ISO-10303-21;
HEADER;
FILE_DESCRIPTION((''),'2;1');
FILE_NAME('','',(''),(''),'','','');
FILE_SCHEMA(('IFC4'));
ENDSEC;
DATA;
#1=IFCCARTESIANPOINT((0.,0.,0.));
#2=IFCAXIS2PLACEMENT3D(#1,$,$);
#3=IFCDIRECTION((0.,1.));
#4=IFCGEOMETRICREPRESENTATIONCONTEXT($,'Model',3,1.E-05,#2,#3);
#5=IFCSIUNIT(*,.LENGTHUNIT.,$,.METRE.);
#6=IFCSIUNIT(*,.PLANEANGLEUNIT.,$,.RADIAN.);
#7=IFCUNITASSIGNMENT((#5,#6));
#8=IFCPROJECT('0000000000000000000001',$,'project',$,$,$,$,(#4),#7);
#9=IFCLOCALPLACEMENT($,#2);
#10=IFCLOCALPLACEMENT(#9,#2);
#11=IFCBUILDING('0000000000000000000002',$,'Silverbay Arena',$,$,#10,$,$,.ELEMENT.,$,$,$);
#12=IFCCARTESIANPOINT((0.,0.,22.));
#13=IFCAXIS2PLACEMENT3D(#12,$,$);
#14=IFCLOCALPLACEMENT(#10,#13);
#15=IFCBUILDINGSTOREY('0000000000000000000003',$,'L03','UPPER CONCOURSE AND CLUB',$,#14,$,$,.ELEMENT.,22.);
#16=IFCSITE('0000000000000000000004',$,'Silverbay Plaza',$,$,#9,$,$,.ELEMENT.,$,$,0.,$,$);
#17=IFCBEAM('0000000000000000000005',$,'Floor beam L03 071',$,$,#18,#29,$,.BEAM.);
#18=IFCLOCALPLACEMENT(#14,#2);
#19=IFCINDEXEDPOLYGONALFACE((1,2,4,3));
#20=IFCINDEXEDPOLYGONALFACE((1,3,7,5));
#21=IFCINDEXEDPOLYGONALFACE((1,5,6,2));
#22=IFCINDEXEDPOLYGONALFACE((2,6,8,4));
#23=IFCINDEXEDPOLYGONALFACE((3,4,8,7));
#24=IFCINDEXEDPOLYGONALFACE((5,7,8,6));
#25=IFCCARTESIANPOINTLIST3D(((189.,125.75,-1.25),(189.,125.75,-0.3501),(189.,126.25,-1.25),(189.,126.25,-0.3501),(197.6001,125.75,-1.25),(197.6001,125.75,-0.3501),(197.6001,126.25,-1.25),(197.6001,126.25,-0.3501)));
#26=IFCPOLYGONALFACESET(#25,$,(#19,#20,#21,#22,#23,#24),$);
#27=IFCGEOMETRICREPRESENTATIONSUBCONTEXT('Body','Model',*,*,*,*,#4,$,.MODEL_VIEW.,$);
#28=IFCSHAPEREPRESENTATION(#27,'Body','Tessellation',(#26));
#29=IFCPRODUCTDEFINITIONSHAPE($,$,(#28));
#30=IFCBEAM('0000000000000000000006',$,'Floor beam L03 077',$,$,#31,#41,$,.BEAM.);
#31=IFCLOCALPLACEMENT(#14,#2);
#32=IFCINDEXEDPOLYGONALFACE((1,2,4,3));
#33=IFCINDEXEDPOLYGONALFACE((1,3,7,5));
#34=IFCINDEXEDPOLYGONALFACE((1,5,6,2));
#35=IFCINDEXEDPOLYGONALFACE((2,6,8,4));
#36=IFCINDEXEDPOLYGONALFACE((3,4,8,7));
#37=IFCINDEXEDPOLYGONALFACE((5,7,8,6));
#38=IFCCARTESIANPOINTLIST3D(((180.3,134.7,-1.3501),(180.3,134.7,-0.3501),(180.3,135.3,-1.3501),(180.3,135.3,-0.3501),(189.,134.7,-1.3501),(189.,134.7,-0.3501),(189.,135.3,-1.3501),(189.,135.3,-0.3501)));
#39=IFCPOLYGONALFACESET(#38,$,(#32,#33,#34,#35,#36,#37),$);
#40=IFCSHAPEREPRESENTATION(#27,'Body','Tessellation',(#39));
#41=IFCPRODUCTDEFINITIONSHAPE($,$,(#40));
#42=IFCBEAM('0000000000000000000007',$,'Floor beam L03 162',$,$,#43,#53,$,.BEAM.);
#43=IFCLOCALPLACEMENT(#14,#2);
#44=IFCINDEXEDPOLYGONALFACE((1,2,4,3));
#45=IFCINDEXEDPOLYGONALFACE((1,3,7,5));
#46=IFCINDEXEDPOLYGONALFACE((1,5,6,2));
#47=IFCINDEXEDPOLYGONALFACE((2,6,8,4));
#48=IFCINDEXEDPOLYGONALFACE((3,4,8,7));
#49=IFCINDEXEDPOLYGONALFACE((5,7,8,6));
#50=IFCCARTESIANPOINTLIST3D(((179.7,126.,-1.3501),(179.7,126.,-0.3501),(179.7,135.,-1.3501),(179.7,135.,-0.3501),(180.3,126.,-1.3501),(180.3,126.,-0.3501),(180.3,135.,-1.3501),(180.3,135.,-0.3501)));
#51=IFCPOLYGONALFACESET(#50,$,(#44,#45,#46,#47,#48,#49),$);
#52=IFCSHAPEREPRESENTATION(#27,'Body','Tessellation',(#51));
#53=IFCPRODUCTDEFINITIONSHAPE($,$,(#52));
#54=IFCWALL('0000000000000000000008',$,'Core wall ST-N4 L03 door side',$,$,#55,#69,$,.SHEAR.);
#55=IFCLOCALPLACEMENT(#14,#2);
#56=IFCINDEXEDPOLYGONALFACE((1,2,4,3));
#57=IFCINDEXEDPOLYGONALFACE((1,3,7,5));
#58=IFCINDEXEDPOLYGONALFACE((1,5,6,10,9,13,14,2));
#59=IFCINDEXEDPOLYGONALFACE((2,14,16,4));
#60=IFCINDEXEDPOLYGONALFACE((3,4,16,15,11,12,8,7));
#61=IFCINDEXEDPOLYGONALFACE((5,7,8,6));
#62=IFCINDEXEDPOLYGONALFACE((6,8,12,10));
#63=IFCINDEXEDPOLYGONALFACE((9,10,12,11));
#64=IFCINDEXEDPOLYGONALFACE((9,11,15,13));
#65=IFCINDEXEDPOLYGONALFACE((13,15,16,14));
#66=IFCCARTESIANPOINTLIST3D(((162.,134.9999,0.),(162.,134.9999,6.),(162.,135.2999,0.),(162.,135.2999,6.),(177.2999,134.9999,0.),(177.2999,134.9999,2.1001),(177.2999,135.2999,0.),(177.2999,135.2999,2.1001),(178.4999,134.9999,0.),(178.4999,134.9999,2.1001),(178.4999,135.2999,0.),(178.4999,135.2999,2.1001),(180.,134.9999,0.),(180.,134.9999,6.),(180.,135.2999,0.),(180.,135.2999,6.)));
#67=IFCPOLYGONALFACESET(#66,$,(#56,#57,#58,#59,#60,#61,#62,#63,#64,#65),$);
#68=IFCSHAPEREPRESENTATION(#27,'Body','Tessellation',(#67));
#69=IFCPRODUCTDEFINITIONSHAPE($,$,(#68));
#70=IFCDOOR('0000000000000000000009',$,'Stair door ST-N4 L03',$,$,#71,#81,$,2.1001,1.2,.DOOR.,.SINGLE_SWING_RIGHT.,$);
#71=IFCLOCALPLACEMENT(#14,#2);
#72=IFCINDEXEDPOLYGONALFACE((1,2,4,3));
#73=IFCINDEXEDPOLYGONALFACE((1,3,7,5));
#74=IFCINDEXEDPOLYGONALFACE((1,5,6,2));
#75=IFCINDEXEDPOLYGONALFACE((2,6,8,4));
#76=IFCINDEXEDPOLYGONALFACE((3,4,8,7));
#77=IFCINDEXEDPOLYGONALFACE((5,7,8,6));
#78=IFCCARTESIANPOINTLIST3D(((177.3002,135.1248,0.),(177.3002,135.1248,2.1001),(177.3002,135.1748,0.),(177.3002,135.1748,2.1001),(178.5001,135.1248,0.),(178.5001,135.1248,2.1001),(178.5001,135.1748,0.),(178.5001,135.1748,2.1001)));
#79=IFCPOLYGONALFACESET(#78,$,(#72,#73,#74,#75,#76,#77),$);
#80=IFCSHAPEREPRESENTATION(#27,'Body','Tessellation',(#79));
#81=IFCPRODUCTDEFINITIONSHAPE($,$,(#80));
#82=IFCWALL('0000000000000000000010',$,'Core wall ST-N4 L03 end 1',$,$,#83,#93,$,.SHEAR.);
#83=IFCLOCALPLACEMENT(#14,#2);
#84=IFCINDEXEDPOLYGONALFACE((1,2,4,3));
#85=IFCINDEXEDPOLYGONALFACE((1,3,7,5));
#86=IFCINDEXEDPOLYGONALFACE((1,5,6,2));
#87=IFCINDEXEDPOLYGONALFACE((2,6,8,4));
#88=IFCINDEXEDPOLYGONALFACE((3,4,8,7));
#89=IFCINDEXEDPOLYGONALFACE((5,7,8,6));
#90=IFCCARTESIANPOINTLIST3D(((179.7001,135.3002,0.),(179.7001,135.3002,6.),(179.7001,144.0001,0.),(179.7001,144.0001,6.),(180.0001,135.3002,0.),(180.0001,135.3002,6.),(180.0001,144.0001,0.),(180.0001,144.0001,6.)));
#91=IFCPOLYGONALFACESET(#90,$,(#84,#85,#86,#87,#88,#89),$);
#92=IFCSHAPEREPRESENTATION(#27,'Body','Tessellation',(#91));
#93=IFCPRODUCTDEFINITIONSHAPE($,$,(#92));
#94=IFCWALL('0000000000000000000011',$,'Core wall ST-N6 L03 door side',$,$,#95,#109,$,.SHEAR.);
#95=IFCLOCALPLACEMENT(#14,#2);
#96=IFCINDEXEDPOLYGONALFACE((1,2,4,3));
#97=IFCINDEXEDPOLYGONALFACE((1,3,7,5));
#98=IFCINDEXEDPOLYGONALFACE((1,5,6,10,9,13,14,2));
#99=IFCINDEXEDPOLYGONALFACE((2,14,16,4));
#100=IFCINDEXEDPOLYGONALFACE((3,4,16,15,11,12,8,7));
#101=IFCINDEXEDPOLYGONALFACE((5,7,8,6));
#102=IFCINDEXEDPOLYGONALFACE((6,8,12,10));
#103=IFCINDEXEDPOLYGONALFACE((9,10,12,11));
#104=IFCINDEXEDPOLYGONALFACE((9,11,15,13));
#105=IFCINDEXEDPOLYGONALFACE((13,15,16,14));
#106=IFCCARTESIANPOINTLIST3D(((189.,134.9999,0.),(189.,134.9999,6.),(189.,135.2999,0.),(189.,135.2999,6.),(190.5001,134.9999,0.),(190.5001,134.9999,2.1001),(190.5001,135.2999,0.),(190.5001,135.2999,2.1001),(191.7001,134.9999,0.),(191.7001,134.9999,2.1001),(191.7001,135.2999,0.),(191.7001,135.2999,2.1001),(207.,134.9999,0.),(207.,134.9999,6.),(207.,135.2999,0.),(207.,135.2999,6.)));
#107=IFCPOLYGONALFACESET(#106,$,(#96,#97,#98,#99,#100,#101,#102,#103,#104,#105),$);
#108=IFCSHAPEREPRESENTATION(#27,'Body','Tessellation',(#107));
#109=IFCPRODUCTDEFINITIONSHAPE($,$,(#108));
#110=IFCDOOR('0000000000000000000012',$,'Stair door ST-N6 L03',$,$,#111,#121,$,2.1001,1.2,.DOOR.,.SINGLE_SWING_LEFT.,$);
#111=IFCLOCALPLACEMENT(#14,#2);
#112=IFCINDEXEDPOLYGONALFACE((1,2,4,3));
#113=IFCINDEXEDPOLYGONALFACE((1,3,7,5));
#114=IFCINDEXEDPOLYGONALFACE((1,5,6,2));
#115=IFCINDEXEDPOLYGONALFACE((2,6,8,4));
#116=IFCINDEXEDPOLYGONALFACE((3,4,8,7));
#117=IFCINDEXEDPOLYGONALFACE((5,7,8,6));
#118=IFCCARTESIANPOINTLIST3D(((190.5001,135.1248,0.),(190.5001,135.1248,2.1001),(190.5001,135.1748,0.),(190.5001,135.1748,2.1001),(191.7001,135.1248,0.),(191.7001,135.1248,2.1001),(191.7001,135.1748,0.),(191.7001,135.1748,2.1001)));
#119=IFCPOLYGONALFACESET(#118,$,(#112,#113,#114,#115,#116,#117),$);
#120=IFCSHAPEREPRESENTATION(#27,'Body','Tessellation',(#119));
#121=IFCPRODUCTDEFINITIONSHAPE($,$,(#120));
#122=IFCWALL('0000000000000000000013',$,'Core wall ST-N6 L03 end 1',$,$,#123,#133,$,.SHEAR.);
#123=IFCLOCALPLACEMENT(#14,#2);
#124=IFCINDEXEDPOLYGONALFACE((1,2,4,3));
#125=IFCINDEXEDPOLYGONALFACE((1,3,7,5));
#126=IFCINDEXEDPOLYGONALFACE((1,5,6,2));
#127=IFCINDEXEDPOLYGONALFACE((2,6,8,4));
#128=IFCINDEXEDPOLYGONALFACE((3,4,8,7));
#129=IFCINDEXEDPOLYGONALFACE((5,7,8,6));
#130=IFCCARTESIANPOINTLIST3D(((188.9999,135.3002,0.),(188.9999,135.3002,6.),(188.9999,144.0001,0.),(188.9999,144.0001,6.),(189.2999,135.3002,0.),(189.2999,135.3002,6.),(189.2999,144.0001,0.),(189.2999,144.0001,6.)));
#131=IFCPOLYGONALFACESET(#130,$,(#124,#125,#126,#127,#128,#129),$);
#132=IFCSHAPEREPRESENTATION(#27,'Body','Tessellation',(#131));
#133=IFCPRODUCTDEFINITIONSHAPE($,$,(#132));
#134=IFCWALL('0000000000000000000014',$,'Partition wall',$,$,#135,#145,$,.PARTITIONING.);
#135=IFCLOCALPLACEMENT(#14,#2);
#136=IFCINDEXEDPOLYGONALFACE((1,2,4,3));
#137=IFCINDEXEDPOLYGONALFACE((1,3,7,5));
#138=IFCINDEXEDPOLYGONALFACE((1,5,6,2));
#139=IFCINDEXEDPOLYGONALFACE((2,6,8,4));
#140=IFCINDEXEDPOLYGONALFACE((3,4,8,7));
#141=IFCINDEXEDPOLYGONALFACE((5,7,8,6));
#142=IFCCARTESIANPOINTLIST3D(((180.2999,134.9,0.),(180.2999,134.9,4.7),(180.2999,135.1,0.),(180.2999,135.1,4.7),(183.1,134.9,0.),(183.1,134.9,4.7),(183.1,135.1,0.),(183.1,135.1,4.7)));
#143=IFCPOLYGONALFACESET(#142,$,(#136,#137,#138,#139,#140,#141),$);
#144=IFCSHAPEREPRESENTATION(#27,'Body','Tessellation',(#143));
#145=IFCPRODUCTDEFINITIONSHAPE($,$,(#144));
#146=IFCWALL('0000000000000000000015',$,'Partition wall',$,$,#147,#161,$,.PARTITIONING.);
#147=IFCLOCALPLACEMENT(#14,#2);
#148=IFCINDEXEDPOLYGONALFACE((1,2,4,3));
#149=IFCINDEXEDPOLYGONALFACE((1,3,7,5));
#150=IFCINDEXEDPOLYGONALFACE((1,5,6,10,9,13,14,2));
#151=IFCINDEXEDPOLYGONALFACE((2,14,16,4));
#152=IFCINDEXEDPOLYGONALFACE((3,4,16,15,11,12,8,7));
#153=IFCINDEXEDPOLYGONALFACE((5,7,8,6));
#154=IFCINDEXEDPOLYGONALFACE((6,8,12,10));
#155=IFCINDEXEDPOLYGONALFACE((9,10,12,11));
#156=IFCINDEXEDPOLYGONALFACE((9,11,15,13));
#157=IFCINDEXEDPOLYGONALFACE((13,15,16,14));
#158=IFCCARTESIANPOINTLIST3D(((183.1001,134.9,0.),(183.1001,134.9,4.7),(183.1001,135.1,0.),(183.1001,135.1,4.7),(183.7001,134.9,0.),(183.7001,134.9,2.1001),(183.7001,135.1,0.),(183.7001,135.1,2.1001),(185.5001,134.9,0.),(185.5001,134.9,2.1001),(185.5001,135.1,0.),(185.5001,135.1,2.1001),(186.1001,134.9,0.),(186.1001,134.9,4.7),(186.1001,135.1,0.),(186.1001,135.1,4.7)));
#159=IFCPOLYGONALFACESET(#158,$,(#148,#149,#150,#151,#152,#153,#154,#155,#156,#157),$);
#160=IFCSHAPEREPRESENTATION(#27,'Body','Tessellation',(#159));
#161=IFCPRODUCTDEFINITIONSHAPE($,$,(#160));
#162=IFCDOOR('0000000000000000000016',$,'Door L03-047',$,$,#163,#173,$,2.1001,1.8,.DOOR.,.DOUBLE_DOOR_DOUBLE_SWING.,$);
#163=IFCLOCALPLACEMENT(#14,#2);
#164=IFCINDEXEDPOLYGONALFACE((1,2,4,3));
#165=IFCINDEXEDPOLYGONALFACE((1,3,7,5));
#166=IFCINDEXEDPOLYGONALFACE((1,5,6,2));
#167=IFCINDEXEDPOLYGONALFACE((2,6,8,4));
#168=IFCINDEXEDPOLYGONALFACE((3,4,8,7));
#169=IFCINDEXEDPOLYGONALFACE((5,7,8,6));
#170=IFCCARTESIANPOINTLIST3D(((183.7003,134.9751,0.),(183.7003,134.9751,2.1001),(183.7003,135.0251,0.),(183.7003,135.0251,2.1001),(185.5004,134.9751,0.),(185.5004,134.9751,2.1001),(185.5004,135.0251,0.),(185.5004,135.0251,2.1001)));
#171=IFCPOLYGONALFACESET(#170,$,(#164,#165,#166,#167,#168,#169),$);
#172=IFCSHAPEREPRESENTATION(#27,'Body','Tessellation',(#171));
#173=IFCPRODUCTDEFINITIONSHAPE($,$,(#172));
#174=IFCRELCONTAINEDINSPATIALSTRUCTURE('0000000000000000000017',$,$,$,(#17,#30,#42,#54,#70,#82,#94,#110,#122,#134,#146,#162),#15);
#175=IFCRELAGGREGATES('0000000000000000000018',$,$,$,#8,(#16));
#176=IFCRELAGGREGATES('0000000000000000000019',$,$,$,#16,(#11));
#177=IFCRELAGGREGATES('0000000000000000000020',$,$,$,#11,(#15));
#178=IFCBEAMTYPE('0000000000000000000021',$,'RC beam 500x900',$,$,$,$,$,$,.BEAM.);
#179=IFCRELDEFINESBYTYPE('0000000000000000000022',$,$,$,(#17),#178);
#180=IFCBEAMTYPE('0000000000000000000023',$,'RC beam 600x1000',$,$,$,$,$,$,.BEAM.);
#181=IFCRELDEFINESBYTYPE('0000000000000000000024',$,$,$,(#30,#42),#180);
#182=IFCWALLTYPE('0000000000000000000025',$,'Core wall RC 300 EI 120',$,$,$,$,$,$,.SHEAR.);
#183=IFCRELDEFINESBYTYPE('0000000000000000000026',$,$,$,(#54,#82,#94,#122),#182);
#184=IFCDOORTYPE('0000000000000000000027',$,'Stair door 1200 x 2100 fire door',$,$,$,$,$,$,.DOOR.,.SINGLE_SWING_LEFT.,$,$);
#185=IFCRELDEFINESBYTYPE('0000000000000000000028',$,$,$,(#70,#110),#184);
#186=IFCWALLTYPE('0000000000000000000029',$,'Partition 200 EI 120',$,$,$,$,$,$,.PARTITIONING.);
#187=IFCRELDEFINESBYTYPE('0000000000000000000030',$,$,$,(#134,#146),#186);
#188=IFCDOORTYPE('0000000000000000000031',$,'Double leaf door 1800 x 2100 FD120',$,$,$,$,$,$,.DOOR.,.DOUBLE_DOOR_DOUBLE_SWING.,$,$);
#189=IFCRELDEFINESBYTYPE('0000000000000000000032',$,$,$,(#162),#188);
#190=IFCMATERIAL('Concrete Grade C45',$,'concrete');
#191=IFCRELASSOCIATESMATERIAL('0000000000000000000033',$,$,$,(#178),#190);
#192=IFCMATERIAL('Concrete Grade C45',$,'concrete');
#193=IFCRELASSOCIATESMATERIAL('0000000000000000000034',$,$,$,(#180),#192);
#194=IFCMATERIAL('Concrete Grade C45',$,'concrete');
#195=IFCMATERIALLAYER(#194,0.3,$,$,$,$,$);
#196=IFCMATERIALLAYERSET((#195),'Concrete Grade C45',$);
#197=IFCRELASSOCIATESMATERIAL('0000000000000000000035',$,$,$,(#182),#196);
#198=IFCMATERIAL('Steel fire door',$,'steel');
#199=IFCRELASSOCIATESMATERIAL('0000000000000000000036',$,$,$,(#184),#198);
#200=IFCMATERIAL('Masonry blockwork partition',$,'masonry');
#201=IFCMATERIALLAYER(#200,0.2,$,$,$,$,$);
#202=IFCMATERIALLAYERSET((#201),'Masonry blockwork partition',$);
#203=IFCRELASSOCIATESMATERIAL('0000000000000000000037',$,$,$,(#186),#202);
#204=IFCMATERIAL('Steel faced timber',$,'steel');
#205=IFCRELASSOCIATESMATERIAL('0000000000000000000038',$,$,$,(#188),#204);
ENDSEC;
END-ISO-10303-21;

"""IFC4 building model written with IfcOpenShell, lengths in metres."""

from ifc_helpers import new_model, si_unit, direction, frame, frame_2d, origin, origin_2d, place, context, subcontext, project, spatial, rectangle, extrude, material, layer, layer_set, material_profile, profile_set, type_object, element, fill, save


model = new_model("IFC4")

# Units and contexts
model_context = context("Model", 3, precision=1e-05, world=origin(), true_north=direction((0.0, 1.0)))
body_context = subcontext(model_context, "Body", "Model", "MODEL_VIEW")
ifc_project = project(units=[si_unit("LENGTHUNIT", "METRE"), si_unit("PLANEANGLEUNIT", "RADIAN")], contexts=[model_context])

# Site, building, storey
site_placement = place(None, origin())
site = spatial("IfcSite", under=ifc_project, at=site_placement, Name="Silverbay Plaza", CompositionType="ELEMENT", RefElevation=0.0)
building_placement = place(site_placement, origin())
building = spatial("IfcBuilding", under=site, at=building_placement, Name="Silverbay Arena", CompositionType="ELEMENT")
storey_placement = place(building_placement, frame((0.0, 0.0, 22.0)))
storey = spatial("IfcBuildingStorey", under=building, at=storey_placement, Name="L03", Description="UPPER CONCOURSE AND CLUB", CompositionType="ELEMENT", Elevation=22.0)

# Beams
ifc_material_1 = material(Name="Concrete Grade C45", Category="concrete")
ifc_material_profile_1 = material_profile(ifc_material_1, rectangle(XDim=0.5, YDim=0.8999, at=origin_2d()), Name="RC 500x900")
ifc_profile_set_1 = profile_set([ifc_material_profile_1], Name="Concrete Grade C45")
beam_type_1 = type_object("IfcBeamType", Name="RC beam 500x900", PredefinedType="BEAM", material=ifc_profile_set_1)
beam_1_placement = place(storey_placement, frame((189.0, 126.0, -0.8), z_axis=(1.0, 0.0, 0.0), x_axis=(0.0, 1.0, 0.0)))
element("IfcBeam", 1, at=beam_1_placement, inside=storey, type_object=beam_type_1, Name="Floor beam L03 071", PredefinedType="BEAM", context=body_context, shape_type="SweptSolid", body=[
    extrude(rectangle(XDim=0.5, YDim=0.8999, at=origin_2d()), origin(), (0.0, 0.0, 1.0), 8.6001),
])
ifc_material_2 = material(Name="Concrete Grade C45", Category="concrete")
ifc_material_profile_2 = material_profile(ifc_material_2, rectangle(XDim=0.6001, YDim=1.0, at=origin_2d()), Name="RC 600x1000")
ifc_profile_set_2 = profile_set([ifc_material_profile_2], Name="Concrete Grade C45")
beam_type_2 = type_object("IfcBeamType", Name="RC beam 600x1000", PredefinedType="BEAM", material=ifc_profile_set_2)
beam_2_placement = place(storey_placement, frame((180.3, 135.0, -0.8501), z_axis=(1.0, 0.0, 0.0), x_axis=(0.0, 1.0, 0.0)))
element("IfcBeam", 2, at=beam_2_placement, inside=storey, type_object=beam_type_2, Name="Floor beam L03 077", PredefinedType="BEAM", context=body_context, shape_type="SweptSolid", body=[
    extrude(rectangle(XDim=0.6001, YDim=1.0, at=origin_2d()), origin(), (0.0, 0.0, 1.0), 8.7),
])
beam_3_placement = place(storey_placement, frame((180.0, 126.0, -0.8501), z_axis=(0.0, 1.0, 0.0), x_axis=(-1.0, 0.0, 0.0)))
element("IfcBeam", 3, at=beam_3_placement, inside=storey, type_object=beam_type_2, Name="Floor beam L03 162", PredefinedType="BEAM", context=body_context, shape_type="SweptSolid", body=[
    extrude(rectangle(XDim=0.6001, YDim=1.0, at=origin_2d()), origin(), (0.0, 0.0, 1.0), 9.0),
])

# Wall, opening, door
ifc_material_3 = material(Name="Concrete Grade C45", Category="concrete")
ifc_layer_1 = layer(ifc_material_3, 0.3)
ifc_layer_set_1 = layer_set([ifc_layer_1], Name="Concrete Grade C45")
wall_type_1 = type_object("IfcWallType", Name="Core wall RC 300 EI 120", PredefinedType="SHEAR", material=ifc_layer_set_1)
wall_1_placement = place(storey_placement, frame((180.0, 135.1499, 0.0), z_axis=(0.0, 0.0, 1.0), x_axis=(-1.0, 0.0, 0.0)))
wall_1 = element("IfcWall", 4, at=wall_1_placement, inside=storey, type_object=wall_type_1, Name="Core wall ST-N4 L03 door side", PredefinedType="SHEAR", context=body_context, shape_type="SweptSolid", body=[
    extrude(rectangle(XDim=18.0, YDim=0.3, at=frame_2d((9.0, 0.0))), origin(), (0.0, 0.0, 1.0), 6.0),
])
opening_1_placement = place(wall_1_placement, frame((1.5, 0.0, 0.0)))
opening_1 = element("IfcOpeningElement", 5, at=opening_1_placement, cuts=wall_1, PredefinedType="OPENING", context=body_context, shape_type="SweptSolid", body=[
    extrude(rectangle(XDim=1.2, YDim=2.1001, at=frame_2d((0.6001, 1.05))), frame((0.0, 0.1602, 0.0), z_axis=(0.0, -1.0, 0.0), x_axis=(1.0, 0.0, 0.0)), (0.0, 0.0, 1.0), 0.3201),
])
ifc_material_4 = material(Name="Steel fire door", Category="steel")
door_type_1 = type_object("IfcDoorType", Name="Stair door 1200 x 2100 fire door", OperationType="SINGLE_SWING_LEFT", PredefinedType="DOOR", material=ifc_material_4)
door_1_placement = place(opening_1_placement, frame((1.2, 0.0, 0.0), z_axis=(0.0, 0.0, 1.0), x_axis=(-1.0, 0.0, 0.0)))
door_1 = element("IfcDoor", 6, at=door_1_placement, inside=storey, type_object=door_type_1, Name="Stair door ST-N4 L03", OperationType="SINGLE_SWING_RIGHT", OverallHeight=2.1001, OverallWidth=1.2, PredefinedType="DOOR", context=body_context, shape_type="SweptSolid", body=[
    extrude(rectangle(XDim=1.2, YDim=2.1001, at=frame_2d((0.6001, 1.05))), frame((0.0, 0.0249, 0.0), z_axis=(0.0, -1.0, 0.0), x_axis=(1.0, 0.0, 0.0)), (0.0, 0.0, 1.0), 0.05),
])
fill(opening_1, door_1)

# Wall
wall_2_placement = place(storey_placement, frame((179.8501, 135.3, 0.0), z_axis=(0.0, 0.0, 1.0), x_axis=(0.0, 1.0, 0.0)))
element("IfcWall", 7, at=wall_2_placement, inside=storey, type_object=wall_type_1, Name="Core wall ST-N4 L03 end 1", PredefinedType="SHEAR", context=body_context, shape_type="SweptSolid", body=[
    extrude(rectangle(XDim=8.7, YDim=0.3, at=frame_2d((4.3501, 0.0))), origin(), (0.0, 0.0, 1.0), 6.0),
])

# Wall, opening, door
wall_3_placement = place(storey_placement, frame((189.0, 135.1499, 0.0), z_axis=(0.0, 0.0, 1.0), x_axis=(1.0, 0.0, 0.0)))
wall_3 = element("IfcWall", 8, at=wall_3_placement, inside=storey, type_object=wall_type_1, Name="Core wall ST-N6 L03 door side", PredefinedType="SHEAR", context=body_context, shape_type="SweptSolid", body=[
    extrude(rectangle(XDim=18.0, YDim=0.3, at=frame_2d((9.0, 0.0))), origin(), (0.0, 0.0, 1.0), 6.0),
])
opening_2_placement = place(wall_3_placement, frame((1.5, 0.0, 0.0)))
opening_2 = element("IfcOpeningElement", 9, at=opening_2_placement, cuts=wall_3, PredefinedType="OPENING", context=body_context, shape_type="SweptSolid", body=[
    extrude(rectangle(XDim=1.2, YDim=2.1001, at=frame_2d((0.6001, 1.05))), frame((0.0, 0.1602, 0.0), z_axis=(0.0, -1.0, 0.0), x_axis=(1.0, 0.0, 0.0)), (0.0, 0.0, 1.0), 0.3201),
])
door_2_placement = place(opening_2_placement, origin())
door_2 = element("IfcDoor", 10, at=door_2_placement, inside=storey, type_object=door_type_1, Name="Stair door ST-N6 L03", OperationType="SINGLE_SWING_LEFT", OverallHeight=2.1001, OverallWidth=1.2, PredefinedType="DOOR", context=body_context, shape_type="SweptSolid", body=[
    extrude(rectangle(XDim=1.2, YDim=2.1001, at=frame_2d((0.6001, 1.05))), frame((0.0, 0.0249, 0.0), z_axis=(0.0, -1.0, 0.0), x_axis=(1.0, 0.0, 0.0)), (0.0, 0.0, 1.0), 0.05),
])
fill(opening_2, door_2)

# Walls
wall_4_placement = place(storey_placement, frame((189.1499, 135.3, 0.0), z_axis=(0.0, 0.0, 1.0), x_axis=(0.0, 1.0, 0.0)))
element("IfcWall", 11, at=wall_4_placement, inside=storey, type_object=wall_type_1, Name="Core wall ST-N6 L03 end 1", PredefinedType="SHEAR", context=body_context, shape_type="SweptSolid", body=[
    extrude(rectangle(XDim=8.7, YDim=0.3, at=frame_2d((4.3501, 0.0))), origin(), (0.0, 0.0, 1.0), 6.0),
])
ifc_material_5 = material(Name="Masonry blockwork partition", Category="masonry")
ifc_layer_2 = layer(ifc_material_5, 0.2)
ifc_layer_set_2 = layer_set([ifc_layer_2], Name="Masonry blockwork partition")
wall_type_2 = type_object("IfcWallType", Name="Partition 200 EI 120", PredefinedType="PARTITIONING", material=ifc_layer_set_2)
wall_5_placement = place(storey_placement, frame((180.3, 135.0, 0.0), z_axis=(0.0, 0.0, 1.0), x_axis=(1.0, 0.0, 0.0)))
element("IfcWall", 12, at=wall_5_placement, inside=storey, type_object=wall_type_2, Name="Partition wall", PredefinedType="PARTITIONING", context=body_context, shape_type="SweptSolid", body=[
    extrude(rectangle(XDim=2.8, YDim=0.2, at=frame_2d((1.3999, 0.0))), origin(), (0.0, 0.0, 1.0), 4.7),
])

# Wall, opening, door
wall_6_placement = place(storey_placement, frame((183.1001, 135.0, 0.0), z_axis=(0.0, 0.0, 1.0), x_axis=(1.0, 0.0, 0.0)))
wall_6 = element("IfcWall", 13, at=wall_6_placement, inside=storey, type_object=wall_type_2, Name="Partition wall", PredefinedType="PARTITIONING", context=body_context, shape_type="SweptSolid", body=[
    extrude(rectangle(XDim=3.0, YDim=0.2, at=frame_2d((1.5, 0.0))), origin(), (0.0, 0.0, 1.0), 4.7),
])
opening_3_placement = place(wall_6_placement, frame((0.6001, 0.0, 0.0)))
opening_3 = element("IfcOpeningElement", 14, at=opening_3_placement, cuts=wall_6, PredefinedType="OPENING", context=body_context, shape_type="SweptSolid", body=[
    extrude(rectangle(XDim=1.8, YDim=2.1001, at=frame_2d((0.8999, 1.05))), frame((0.0, 0.1099, 0.0), z_axis=(0.0, -1.0, 0.0), x_axis=(1.0, 0.0, 0.0)), (0.0, 0.0, 1.0), 0.22),
])
ifc_material_6 = material(Name="Steel faced timber", Category="steel")
door_type_2 = type_object("IfcDoorType", Name="Double leaf door 1800 x 2100 FD120", OperationType="DOUBLE_DOOR_DOUBLE_SWING", PredefinedType="DOOR", material=ifc_material_6)
door_3_placement = place(opening_3_placement, frame((1.8, 0.0, 0.0), z_axis=(0.0, 0.0, 1.0), x_axis=(-1.0, 0.0, 0.0)))
door_3 = element("IfcDoor", 15, at=door_3_placement, inside=storey, type_object=door_type_2, Name="Door L03-047", OperationType="DOUBLE_DOOR_DOUBLE_SWING", OverallHeight=2.1001, OverallWidth=1.8, PredefinedType="DOOR", context=body_context, shape_type="SweptSolid", body=[
    extrude(rectangle(XDim=1.8, YDim=2.1001, at=frame_2d((0.8999, 1.05))), frame((0.0, 0.0249, 0.0), z_axis=(0.0, -1.0, 0.0), x_axis=(1.0, 0.0, 0.0)), (0.0, 0.0, 1.0), 0.05),
])
fill(opening_3, door_3)

save(model, "model.ifc")
